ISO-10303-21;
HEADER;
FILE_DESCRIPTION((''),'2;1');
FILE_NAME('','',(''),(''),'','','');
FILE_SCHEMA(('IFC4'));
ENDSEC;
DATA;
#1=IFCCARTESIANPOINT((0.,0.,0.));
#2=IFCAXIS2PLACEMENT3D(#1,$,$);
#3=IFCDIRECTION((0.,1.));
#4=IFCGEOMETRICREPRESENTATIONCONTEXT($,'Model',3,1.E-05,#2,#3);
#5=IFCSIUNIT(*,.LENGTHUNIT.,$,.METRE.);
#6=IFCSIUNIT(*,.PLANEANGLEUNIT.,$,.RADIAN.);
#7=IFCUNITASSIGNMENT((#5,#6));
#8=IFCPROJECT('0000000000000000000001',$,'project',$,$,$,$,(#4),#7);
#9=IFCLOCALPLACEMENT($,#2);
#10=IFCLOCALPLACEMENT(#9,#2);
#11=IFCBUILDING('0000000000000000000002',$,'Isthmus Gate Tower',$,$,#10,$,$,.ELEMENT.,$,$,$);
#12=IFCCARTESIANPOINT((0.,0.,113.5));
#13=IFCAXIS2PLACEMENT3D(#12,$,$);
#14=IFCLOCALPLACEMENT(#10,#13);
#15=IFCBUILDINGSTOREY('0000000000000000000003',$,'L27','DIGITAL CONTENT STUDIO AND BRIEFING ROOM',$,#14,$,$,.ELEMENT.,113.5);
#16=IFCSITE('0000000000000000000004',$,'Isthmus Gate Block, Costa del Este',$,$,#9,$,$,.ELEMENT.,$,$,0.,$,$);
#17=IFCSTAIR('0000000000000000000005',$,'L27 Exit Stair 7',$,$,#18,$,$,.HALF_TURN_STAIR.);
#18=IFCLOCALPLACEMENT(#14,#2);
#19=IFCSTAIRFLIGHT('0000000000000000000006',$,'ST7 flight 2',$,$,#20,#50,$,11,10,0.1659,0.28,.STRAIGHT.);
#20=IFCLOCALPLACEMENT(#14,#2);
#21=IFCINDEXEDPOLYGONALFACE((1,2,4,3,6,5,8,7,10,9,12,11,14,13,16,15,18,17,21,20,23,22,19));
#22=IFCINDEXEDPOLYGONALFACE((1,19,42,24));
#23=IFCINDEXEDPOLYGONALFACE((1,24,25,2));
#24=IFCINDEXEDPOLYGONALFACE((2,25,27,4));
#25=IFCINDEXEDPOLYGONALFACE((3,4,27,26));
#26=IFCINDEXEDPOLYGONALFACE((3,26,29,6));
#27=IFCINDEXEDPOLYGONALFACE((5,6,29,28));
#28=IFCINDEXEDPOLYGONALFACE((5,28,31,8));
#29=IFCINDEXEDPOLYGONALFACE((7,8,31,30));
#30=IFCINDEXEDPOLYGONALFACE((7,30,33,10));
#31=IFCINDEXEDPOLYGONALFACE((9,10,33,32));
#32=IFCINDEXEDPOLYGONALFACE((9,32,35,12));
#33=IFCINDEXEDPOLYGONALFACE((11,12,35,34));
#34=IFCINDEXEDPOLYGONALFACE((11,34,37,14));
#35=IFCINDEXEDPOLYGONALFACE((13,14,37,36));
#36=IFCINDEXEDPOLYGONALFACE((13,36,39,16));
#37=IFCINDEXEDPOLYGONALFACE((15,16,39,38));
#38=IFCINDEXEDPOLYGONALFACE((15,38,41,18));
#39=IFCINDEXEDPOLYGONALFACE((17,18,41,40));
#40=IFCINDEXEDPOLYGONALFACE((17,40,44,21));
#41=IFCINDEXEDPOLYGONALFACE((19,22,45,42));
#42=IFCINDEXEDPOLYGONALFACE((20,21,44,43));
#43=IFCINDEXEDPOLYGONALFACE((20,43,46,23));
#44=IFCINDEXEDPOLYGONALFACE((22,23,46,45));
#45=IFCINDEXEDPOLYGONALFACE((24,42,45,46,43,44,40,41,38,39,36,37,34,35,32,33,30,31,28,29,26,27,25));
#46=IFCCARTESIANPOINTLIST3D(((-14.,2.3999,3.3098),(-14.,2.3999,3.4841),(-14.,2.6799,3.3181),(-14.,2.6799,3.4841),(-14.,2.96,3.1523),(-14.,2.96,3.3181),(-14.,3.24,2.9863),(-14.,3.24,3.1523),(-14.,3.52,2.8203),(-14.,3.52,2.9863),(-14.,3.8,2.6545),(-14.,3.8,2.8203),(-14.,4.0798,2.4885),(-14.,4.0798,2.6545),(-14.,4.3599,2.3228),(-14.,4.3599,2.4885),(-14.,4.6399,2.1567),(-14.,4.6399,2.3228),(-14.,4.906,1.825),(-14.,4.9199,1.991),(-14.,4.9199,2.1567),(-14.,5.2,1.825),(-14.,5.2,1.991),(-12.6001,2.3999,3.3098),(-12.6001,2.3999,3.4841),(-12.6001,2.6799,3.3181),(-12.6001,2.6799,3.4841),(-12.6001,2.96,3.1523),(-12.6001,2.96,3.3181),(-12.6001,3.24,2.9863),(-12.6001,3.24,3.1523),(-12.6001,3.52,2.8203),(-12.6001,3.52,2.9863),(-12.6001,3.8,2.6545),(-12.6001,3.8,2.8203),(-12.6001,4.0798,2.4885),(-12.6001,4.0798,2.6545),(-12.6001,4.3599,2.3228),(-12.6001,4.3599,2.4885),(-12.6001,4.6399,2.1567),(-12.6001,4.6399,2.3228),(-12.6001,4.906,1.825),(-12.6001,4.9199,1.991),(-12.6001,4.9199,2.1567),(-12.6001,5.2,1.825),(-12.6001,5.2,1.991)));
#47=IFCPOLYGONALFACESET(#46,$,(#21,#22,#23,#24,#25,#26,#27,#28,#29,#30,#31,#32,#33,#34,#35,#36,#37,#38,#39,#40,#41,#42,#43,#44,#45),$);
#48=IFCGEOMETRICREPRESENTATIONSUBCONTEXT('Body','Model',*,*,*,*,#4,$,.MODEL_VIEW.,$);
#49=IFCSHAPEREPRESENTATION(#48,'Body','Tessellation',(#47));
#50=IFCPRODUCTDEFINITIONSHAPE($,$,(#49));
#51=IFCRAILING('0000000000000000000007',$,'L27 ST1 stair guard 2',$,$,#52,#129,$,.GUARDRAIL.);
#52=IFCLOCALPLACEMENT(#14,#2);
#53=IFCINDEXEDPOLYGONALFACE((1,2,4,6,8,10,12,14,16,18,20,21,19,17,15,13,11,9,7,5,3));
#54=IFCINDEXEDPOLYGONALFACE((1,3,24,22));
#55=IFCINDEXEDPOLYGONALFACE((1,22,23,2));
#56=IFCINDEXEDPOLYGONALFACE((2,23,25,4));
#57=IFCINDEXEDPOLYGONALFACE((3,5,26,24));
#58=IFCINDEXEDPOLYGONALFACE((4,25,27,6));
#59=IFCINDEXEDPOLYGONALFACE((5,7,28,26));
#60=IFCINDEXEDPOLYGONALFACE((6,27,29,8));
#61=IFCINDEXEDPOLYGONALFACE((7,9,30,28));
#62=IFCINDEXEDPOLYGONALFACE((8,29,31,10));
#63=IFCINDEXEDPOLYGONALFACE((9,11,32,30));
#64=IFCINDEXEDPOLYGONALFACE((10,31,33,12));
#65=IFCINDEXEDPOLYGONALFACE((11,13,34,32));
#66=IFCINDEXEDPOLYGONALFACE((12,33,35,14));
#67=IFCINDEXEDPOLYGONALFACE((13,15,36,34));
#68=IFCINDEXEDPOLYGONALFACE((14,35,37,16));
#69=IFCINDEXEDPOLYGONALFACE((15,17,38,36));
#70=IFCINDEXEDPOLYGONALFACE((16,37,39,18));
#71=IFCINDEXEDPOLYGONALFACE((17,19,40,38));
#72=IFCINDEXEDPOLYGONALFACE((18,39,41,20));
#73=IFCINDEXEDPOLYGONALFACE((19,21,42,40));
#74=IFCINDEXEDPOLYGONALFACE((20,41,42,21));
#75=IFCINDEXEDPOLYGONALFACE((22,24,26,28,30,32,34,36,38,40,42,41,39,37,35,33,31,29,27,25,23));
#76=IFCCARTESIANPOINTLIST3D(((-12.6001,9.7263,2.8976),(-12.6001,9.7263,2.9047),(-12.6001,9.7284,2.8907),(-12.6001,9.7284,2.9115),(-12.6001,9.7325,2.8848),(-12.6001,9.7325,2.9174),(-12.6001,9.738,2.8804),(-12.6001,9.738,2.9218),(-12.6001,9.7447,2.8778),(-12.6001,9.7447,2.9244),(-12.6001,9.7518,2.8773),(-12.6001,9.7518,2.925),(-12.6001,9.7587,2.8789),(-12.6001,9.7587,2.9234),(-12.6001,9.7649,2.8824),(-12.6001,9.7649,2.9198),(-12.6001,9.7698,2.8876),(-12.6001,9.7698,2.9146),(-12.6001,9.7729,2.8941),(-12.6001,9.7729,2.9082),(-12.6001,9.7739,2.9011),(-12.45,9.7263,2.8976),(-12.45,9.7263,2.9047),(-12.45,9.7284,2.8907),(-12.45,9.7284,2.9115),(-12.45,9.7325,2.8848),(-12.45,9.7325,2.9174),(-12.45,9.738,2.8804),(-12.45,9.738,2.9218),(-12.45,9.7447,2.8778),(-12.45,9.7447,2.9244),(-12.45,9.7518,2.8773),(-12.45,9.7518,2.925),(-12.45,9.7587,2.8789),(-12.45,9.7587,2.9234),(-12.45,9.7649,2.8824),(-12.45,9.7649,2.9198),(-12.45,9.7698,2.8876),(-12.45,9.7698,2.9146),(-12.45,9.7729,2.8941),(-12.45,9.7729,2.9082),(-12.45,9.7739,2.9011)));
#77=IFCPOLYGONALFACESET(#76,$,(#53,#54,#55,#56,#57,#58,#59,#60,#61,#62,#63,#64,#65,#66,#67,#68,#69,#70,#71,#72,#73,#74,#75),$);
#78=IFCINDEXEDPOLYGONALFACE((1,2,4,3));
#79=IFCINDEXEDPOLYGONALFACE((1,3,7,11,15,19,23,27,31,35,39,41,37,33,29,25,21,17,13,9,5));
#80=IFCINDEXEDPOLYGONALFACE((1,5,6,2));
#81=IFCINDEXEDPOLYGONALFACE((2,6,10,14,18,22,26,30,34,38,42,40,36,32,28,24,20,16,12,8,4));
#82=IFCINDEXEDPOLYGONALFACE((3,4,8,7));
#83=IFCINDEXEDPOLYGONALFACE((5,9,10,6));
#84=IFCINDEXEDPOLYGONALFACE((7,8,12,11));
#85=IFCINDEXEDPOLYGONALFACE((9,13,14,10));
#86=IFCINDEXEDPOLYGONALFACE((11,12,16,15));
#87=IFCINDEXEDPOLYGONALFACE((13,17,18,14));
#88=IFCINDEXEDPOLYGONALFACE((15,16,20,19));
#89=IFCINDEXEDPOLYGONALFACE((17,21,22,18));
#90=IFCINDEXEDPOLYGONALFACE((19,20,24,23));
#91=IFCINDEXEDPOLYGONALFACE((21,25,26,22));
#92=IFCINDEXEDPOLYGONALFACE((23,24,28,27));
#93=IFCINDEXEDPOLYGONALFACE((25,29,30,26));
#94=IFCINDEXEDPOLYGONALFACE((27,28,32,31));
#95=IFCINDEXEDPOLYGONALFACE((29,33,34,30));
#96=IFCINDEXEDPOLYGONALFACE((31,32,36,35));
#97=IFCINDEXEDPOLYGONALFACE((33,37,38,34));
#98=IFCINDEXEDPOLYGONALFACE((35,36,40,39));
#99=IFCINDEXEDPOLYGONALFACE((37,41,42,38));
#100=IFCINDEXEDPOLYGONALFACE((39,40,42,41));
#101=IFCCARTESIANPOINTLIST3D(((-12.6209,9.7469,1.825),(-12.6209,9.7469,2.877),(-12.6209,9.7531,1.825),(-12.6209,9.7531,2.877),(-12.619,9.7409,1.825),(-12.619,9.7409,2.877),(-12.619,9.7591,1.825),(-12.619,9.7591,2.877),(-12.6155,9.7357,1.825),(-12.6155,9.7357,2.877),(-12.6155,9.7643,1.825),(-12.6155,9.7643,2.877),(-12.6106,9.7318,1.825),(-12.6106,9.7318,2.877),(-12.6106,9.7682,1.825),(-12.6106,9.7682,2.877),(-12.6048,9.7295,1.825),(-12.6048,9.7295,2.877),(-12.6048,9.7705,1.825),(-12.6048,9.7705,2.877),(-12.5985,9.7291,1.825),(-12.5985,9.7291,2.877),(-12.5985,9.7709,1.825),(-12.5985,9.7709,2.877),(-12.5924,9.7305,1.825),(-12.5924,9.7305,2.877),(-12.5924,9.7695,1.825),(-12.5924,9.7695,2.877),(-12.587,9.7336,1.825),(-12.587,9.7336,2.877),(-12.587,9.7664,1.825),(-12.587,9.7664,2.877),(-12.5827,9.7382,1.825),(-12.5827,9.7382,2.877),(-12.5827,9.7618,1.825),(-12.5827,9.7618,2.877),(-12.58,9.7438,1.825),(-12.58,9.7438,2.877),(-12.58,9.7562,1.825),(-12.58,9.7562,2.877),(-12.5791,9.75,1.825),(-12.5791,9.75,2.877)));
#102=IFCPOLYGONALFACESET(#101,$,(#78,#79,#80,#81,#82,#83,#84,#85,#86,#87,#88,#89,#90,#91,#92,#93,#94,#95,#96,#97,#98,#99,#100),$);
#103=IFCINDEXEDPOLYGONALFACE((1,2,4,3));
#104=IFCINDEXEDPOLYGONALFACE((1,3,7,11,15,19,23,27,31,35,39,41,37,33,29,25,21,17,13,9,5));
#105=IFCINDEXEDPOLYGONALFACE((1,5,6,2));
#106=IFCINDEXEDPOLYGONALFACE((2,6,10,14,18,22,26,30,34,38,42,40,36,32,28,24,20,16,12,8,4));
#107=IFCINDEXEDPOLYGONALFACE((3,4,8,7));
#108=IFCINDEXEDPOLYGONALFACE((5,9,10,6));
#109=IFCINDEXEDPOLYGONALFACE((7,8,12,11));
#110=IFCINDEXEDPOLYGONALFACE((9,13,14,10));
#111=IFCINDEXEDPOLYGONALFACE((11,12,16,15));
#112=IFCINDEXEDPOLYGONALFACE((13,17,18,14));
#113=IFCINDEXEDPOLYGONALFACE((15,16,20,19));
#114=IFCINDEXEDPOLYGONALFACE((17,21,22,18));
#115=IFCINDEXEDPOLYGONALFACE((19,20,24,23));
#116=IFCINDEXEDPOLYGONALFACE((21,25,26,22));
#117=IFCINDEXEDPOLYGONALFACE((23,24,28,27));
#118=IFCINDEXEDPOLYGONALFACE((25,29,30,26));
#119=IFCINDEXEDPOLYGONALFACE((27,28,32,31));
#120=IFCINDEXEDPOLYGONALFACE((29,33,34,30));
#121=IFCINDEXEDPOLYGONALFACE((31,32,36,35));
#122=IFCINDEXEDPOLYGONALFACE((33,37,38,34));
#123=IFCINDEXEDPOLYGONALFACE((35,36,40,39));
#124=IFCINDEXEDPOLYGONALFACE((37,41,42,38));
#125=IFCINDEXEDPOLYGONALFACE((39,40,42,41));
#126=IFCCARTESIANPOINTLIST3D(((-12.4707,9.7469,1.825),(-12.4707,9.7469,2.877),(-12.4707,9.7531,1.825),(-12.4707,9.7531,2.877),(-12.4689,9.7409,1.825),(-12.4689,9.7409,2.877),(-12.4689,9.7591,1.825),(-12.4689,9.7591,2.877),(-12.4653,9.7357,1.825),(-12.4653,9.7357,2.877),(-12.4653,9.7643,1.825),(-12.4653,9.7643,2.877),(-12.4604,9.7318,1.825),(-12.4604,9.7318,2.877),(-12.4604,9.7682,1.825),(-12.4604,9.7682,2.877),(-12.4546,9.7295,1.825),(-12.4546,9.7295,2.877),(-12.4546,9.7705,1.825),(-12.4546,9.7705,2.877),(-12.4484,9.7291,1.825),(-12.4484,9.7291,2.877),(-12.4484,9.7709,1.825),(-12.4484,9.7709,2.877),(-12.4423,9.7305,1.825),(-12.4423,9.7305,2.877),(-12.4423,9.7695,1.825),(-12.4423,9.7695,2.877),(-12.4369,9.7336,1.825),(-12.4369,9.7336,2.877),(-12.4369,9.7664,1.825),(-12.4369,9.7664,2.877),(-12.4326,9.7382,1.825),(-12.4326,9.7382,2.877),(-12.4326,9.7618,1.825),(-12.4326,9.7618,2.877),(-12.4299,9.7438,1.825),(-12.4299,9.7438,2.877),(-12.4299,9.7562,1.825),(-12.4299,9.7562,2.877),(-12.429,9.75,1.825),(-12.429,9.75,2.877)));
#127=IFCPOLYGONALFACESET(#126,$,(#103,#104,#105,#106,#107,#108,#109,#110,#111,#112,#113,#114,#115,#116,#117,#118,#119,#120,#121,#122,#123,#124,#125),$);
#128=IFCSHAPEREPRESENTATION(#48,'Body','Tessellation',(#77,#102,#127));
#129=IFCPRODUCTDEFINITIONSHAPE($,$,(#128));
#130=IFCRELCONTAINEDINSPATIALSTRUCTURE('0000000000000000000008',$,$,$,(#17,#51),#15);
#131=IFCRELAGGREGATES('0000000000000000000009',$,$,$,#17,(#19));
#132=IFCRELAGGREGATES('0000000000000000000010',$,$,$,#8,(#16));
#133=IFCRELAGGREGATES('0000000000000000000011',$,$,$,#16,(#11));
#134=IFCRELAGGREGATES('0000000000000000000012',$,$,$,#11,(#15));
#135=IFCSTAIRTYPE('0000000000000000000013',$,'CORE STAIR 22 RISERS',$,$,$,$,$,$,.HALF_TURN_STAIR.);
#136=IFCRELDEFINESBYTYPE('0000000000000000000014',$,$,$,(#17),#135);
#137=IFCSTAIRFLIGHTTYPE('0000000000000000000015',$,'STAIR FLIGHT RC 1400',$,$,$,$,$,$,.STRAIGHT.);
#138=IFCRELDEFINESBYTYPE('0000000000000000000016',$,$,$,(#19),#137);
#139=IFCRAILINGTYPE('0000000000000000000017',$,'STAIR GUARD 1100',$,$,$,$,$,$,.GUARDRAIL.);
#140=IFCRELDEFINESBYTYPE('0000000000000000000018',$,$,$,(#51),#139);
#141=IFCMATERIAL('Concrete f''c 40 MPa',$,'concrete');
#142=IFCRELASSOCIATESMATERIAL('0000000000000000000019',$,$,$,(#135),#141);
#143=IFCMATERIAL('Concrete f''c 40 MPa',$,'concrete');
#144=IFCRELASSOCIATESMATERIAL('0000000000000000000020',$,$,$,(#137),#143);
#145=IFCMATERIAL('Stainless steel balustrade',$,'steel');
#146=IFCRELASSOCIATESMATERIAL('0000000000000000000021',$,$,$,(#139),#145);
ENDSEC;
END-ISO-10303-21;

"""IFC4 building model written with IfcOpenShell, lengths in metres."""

from ifc_helpers import new_model, si_unit, direction, frame, origin, origin_2d, place, context, subcontext, project, spatial, polyline, circle, outline, extrude, material, type_object, element, aggregate, save


model = new_model("IFC4")

# Units and contexts
model_context = context("Model", 3, precision=1e-05, world=origin(), true_north=direction((0.0, 1.0)))
body_context = subcontext(model_context, "Body", "Model", "MODEL_VIEW")
ifc_project = project(units=[si_unit("LENGTHUNIT", "METRE"), si_unit("PLANEANGLEUNIT", "RADIAN")], contexts=[model_context])

# Site, building, storey
site_placement = place(None, origin())
site = spatial("IfcSite", under=ifc_project, at=site_placement, Name="Isthmus Gate Block, Costa del Este", CompositionType="ELEMENT", RefElevation=0.0)
building_placement = place(site_placement, origin())
building = spatial("IfcBuilding", under=site, at=building_placement, Name="Isthmus Gate Tower", CompositionType="ELEMENT")
storey_placement = place(building_placement, frame((0.0, 0.0, 113.5)))
storey = spatial("IfcBuildingStorey", under=building, at=storey_placement, Name="L27", Description="DIGITAL CONTENT STUDIO AND BRIEFING ROOM", CompositionType="ELEMENT", Elevation=113.5)

# Stair, stair flight
ifc_material_1 = material(Name="Concrete f'c 40 MPa", Category="concrete")
stair_type = type_object("IfcStairType", Name="CORE STAIR 22 RISERS", PredefinedType="HALF_TURN_STAIR", material=ifc_material_1)
ifc_material_2 = material(Name="Concrete f'c 40 MPa", Category="concrete")
stair_flight_type = type_object("IfcStairFlightType", Name="STAIR FLIGHT RC 1400", PredefinedType="STRAIGHT", material=ifc_material_2)
stair_1_placement = place(storey_placement, origin())
stair_1 = element("IfcStair", 1, at=stair_1_placement, inside=storey, type_object=stair_type, Name="L27 Exit Stair 7", PredefinedType="HALF_TURN_STAIR")
stair_flight_1_placement = place(storey_placement, frame((-13.3, 5.2, 1.825), z_axis=(0.0, 0.0, 1.0), x_axis=(0.0, -1.0, 0.0)))
stair_flight_1 = element("IfcStairFlight", 2, at=stair_flight_1_placement, type_object=stair_flight_type, Name="ST7 flight 2", NumberOfRisers=11, NumberOfTreads=10, PredefinedType="STRAIGHT", RiserHeight=0.1659, TreadLength=0.28, context=body_context, shape_type="SweptSolid", body=[
    extrude(outline(polyline([(0.0, 0.0), (0.0, 0.166), (0.28, 0.166), (0.28, 0.3318), (0.5601, 0.3318), (0.5601, 0.4978), (0.8401, 0.4978), (0.8401, 0.6636), (1.1201, 0.6636), (1.1201, 0.8296), (1.3999, 0.8296), (1.3999, 0.9954), (1.6799, 0.9954), (1.6799, 1.1614), (1.96, 1.1614), (1.96, 1.3274), (2.24, 1.3274), (2.24, 1.4932), (2.52, 1.4932), (2.52, 1.6592), (2.8, 1.6592), (2.8, 1.825), (2.8, 1.4849), (0.2939, 0.0), (0.0, 0.0)])), frame((0.0, 0.7, 0.0), z_axis=(0.0, -1.0, 0.0), x_axis=(1.0, 0.0, 0.0)), (0.0, 0.0, 1.0), 1.3999),
])
aggregate(stair_1, [stair_flight_1])

# Railing
ifc_material_3 = material(Name="Stainless steel balustrade", Category="steel")
railing_type_1 = type_object("IfcRailingType", Name="STAIR GUARD 1100", PredefinedType="GUARDRAIL", material=ifc_material_3)
railing_1_placement = place(storey_placement, frame((-12.6001, 9.75, 1.825)))
element("IfcRailing", 3, at=railing_1_placement, inside=storey, type_object=railing_type_1, Name="L27 ST1 stair guard 2", PredefinedType="GUARDRAIL", context=body_context, shape_type="SweptSolid", body=[
    extrude(circle(Radius=0.0239, at=origin_2d()), frame((0.0, 0.0, 1.0762), z_axis=(1.0, 0.0, 0.0), x_axis=(0.0, 1.0, 0.0)), (0.0, 0.0, 1.0), 0.1501),
    extrude(circle(Radius=0.021, at=origin_2d()), origin(), (0.0, 0.0, 1.0), 1.052),
    extrude(circle(Radius=0.021, at=origin_2d()), frame((0.1501, 0.0, 0.0)), (0.0, 0.0, 1.0), 1.052),
])

save(model, "model.ifc")
